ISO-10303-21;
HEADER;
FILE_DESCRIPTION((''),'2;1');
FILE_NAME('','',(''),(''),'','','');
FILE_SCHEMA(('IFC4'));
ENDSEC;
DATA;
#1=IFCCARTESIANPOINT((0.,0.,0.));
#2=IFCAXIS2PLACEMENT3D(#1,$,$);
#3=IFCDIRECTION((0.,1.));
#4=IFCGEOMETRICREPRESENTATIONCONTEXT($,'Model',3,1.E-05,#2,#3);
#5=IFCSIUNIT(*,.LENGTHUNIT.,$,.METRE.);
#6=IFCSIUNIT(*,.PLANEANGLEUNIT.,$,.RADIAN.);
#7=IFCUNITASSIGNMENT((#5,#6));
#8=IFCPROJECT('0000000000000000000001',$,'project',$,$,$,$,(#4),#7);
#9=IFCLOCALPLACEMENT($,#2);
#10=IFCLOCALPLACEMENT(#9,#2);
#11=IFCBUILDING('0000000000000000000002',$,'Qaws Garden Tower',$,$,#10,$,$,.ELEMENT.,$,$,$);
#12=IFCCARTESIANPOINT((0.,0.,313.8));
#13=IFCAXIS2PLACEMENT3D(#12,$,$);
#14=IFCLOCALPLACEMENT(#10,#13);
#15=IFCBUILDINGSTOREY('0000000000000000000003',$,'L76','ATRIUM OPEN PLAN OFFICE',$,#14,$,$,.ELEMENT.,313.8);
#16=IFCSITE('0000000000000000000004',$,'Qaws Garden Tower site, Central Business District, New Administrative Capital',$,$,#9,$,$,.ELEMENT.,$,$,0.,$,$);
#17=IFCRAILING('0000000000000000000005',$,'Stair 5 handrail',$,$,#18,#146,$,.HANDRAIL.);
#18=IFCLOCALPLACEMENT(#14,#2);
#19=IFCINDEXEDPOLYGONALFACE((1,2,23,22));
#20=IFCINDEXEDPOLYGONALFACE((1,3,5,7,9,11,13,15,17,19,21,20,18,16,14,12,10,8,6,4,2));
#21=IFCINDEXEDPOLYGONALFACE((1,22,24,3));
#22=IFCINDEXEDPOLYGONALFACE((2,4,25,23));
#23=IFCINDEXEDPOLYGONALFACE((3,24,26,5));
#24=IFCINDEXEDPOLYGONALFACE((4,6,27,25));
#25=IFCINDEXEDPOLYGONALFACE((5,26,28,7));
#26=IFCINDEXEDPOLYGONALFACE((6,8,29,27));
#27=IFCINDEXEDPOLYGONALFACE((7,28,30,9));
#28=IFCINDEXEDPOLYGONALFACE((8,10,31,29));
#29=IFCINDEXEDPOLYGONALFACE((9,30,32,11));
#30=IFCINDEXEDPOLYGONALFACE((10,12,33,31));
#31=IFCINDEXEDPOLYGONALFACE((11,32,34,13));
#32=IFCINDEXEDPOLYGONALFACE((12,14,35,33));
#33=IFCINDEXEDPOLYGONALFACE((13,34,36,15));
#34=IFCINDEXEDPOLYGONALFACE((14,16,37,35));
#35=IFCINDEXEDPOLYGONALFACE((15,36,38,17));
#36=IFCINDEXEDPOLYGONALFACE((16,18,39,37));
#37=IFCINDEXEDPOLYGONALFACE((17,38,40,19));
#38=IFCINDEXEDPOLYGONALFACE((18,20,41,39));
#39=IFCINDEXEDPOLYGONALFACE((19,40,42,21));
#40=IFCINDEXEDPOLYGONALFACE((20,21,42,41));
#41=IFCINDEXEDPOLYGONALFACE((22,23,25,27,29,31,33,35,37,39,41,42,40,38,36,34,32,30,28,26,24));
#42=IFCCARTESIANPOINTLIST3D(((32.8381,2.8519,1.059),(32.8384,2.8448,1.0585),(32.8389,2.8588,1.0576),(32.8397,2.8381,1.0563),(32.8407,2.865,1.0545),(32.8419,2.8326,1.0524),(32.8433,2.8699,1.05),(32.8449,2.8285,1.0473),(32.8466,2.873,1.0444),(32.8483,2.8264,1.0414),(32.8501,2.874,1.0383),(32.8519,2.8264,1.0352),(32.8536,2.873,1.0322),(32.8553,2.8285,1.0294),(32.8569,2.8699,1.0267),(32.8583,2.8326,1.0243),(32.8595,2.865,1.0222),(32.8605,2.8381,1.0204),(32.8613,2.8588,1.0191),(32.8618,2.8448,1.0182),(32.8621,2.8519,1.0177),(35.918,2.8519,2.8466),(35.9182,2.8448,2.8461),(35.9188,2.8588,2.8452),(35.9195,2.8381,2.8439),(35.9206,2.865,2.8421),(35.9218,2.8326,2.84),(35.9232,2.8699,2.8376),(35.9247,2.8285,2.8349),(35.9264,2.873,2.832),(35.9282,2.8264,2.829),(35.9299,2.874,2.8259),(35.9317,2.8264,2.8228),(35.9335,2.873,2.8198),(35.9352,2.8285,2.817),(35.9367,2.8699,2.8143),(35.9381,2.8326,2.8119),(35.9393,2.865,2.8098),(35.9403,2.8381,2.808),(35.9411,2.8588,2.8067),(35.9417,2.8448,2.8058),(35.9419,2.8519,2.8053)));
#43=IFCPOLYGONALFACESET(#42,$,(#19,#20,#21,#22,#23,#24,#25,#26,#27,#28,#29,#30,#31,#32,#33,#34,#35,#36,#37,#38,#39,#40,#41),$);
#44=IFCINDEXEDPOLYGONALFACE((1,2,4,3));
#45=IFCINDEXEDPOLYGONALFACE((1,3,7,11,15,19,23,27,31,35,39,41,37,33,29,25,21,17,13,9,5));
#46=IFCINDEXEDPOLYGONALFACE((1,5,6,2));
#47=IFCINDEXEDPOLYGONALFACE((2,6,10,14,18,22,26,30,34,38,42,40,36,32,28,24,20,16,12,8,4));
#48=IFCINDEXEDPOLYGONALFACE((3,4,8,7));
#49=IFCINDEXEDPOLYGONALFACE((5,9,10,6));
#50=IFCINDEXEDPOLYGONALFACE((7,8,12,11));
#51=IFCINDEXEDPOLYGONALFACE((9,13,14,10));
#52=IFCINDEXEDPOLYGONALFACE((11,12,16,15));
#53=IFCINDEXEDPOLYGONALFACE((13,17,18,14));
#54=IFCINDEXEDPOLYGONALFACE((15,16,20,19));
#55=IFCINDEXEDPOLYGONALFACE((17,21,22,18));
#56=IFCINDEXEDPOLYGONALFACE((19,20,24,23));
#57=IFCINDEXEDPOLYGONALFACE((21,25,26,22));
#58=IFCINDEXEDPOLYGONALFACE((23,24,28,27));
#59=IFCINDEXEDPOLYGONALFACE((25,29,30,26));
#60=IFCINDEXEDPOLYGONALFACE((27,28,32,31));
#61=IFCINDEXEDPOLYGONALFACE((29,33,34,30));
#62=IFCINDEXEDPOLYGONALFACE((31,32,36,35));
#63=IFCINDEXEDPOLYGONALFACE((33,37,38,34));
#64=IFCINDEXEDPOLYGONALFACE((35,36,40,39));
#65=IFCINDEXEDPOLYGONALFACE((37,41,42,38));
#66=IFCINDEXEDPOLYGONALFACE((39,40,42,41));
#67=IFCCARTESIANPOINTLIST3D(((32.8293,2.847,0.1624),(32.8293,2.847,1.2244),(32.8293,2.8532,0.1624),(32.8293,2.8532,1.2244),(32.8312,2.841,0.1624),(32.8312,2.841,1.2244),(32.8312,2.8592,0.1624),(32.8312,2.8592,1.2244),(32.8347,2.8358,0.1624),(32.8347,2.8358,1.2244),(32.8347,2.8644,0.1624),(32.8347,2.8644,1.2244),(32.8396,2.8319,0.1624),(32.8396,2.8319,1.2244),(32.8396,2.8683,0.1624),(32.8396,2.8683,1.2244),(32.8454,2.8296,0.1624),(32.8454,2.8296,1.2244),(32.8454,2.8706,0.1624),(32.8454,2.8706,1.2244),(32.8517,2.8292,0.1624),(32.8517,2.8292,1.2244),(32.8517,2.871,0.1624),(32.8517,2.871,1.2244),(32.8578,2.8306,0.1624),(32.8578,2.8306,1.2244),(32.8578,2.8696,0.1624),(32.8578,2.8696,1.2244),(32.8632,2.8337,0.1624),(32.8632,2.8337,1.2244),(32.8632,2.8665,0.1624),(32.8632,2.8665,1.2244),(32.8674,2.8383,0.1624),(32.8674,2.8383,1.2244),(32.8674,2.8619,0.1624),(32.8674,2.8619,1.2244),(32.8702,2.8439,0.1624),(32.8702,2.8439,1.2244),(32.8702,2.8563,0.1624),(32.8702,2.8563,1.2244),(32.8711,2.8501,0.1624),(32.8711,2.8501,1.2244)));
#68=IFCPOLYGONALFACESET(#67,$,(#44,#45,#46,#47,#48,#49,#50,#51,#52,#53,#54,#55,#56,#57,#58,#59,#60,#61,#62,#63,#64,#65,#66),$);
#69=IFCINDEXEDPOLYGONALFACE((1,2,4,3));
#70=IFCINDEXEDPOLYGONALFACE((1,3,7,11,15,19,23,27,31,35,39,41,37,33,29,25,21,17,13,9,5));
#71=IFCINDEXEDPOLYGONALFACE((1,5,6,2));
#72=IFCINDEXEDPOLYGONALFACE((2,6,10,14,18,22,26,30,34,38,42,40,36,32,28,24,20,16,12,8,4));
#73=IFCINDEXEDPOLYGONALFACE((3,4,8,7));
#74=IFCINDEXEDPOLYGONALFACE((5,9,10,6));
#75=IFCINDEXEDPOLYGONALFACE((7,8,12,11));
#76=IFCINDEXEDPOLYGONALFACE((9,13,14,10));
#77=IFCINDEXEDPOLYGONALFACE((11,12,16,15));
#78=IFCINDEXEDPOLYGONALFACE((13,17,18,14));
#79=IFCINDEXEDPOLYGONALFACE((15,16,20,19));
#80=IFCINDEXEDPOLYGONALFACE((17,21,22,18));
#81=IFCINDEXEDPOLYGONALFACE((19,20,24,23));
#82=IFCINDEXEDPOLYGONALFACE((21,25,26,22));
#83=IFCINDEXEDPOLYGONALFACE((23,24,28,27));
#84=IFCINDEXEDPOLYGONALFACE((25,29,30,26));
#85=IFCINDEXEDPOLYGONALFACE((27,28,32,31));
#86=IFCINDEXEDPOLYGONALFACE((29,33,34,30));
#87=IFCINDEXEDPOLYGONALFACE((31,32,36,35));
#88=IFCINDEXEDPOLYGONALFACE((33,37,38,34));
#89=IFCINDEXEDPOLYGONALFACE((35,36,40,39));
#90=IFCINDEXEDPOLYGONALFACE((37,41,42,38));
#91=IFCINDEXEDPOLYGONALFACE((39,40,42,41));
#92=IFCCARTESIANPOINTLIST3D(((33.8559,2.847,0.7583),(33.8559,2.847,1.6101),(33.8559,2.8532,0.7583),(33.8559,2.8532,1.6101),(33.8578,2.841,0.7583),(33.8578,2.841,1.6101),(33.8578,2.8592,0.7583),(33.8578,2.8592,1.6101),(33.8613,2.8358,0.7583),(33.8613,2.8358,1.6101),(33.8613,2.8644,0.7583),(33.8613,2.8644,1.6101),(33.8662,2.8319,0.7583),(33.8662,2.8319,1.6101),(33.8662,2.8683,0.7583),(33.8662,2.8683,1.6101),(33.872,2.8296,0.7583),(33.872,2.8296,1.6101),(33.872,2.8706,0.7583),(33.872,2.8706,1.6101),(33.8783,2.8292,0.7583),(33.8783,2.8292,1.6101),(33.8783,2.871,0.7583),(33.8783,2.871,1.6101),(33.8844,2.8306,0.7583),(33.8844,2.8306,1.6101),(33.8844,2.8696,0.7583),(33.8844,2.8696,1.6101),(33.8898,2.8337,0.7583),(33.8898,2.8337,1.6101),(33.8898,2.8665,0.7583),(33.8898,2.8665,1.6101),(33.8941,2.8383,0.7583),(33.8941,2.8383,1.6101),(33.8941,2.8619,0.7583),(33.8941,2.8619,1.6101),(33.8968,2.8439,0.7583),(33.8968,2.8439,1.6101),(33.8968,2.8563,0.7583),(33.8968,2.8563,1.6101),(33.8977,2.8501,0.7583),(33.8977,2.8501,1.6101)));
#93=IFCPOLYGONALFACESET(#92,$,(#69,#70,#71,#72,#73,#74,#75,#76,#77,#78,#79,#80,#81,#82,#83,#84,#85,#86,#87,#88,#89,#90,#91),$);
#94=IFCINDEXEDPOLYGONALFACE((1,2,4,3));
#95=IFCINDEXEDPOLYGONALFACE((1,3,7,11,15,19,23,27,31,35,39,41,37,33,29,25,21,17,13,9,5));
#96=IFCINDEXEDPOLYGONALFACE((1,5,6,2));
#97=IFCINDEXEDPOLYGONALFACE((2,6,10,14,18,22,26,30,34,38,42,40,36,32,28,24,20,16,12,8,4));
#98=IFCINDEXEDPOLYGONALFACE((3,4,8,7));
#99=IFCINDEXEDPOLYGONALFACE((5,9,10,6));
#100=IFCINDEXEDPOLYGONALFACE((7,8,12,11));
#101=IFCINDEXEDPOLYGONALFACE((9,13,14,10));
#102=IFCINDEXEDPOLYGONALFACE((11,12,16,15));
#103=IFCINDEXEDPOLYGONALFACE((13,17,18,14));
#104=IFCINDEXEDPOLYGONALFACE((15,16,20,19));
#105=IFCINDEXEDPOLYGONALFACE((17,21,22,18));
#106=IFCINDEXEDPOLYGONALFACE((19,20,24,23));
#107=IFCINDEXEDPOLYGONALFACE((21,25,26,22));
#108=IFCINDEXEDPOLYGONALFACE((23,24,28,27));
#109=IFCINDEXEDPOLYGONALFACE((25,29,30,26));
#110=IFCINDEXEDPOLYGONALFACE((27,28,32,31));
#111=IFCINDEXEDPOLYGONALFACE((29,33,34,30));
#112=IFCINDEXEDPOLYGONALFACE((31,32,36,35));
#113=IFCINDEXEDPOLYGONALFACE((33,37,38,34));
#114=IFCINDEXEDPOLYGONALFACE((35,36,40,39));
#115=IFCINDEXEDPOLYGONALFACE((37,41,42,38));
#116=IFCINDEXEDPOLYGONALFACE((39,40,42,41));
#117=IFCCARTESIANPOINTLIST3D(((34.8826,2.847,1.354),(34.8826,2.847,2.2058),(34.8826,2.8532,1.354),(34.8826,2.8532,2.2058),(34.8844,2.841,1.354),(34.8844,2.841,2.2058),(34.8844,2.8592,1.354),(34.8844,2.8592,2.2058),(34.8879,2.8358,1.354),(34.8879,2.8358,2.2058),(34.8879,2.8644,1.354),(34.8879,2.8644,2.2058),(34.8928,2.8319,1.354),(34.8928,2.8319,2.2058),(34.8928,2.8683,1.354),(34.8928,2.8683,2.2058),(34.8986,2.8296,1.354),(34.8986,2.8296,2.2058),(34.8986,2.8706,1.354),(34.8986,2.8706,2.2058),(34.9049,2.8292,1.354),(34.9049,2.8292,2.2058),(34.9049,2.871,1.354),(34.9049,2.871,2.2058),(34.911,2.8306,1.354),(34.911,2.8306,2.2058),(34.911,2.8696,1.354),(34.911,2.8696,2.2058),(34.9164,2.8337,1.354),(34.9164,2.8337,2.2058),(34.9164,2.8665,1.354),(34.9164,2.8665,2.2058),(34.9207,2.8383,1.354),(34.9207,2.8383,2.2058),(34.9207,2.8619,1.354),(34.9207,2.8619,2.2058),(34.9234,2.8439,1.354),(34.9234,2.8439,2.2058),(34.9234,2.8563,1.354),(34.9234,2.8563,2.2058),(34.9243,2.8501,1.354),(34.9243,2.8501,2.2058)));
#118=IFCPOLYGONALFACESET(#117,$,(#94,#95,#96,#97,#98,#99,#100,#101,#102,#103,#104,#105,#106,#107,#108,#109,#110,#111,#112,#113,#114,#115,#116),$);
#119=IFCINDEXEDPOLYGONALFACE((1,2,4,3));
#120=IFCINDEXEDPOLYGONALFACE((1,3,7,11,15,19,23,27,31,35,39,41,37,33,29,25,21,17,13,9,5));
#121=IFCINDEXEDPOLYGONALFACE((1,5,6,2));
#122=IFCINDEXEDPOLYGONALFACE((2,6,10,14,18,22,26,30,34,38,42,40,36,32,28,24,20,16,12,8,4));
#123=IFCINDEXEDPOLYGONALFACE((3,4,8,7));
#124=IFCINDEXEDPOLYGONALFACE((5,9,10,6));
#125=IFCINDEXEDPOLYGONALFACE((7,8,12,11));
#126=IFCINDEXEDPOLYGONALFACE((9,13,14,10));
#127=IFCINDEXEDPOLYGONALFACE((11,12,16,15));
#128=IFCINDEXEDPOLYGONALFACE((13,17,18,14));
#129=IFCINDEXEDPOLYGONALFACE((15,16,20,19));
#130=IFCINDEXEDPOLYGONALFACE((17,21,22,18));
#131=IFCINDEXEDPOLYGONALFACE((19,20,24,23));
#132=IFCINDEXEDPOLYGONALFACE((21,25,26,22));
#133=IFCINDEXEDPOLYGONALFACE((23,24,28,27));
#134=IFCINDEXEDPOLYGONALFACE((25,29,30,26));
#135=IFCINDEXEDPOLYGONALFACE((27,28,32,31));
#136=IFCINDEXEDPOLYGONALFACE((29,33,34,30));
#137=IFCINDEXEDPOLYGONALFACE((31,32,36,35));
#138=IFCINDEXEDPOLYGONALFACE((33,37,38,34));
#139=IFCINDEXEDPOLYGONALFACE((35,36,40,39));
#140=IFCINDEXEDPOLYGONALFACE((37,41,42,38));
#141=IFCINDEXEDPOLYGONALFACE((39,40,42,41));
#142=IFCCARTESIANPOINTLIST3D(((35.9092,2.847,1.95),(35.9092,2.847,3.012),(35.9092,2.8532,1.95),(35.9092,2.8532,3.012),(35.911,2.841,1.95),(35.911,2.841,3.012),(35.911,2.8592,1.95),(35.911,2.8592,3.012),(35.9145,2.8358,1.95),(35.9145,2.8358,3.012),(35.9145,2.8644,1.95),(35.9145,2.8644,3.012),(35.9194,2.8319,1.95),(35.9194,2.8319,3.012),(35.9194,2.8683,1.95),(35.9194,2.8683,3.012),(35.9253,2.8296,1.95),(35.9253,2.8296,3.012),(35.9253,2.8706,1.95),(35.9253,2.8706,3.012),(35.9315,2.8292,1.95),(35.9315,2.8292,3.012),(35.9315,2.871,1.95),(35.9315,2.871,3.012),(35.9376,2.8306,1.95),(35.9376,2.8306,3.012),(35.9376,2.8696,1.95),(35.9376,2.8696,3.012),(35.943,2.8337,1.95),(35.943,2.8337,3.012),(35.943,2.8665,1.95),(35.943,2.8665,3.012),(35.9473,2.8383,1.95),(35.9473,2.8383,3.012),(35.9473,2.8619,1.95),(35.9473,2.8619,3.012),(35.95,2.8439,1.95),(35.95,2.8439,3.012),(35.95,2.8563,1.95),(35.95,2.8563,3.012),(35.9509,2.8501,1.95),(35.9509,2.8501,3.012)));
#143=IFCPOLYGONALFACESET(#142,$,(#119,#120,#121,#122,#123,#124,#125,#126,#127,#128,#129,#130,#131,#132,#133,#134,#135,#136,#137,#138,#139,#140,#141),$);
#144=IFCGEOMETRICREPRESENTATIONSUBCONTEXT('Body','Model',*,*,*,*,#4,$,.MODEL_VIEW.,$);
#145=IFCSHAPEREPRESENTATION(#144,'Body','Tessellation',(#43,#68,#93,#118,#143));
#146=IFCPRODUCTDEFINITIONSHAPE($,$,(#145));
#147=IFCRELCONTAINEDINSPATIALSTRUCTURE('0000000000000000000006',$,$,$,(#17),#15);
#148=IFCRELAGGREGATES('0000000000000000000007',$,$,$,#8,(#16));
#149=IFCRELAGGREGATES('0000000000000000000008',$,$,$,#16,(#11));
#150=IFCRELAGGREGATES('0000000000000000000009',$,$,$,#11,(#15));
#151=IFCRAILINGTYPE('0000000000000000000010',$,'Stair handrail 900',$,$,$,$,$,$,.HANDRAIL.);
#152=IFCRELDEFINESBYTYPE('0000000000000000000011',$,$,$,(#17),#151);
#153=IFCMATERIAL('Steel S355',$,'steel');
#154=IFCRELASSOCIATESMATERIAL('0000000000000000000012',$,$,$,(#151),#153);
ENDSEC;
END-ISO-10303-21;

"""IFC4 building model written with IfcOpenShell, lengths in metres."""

from ifc_helpers import new_model, si_unit, direction, frame, origin, origin_2d, place, context, subcontext, project, spatial, circle, extrude, material, type_object, element, save


model = new_model("IFC4")

# Units and contexts
model_context = context("Model", 3, precision=1e-05, world=origin(), true_north=direction((0.0, 1.0)))
body_context = subcontext(model_context, "Body", "Model", "MODEL_VIEW")
ifc_project = project(units=[si_unit("LENGTHUNIT", "METRE"), si_unit("PLANEANGLEUNIT", "RADIAN")], contexts=[model_context])

# Site, building, storey
site_placement = place(None, origin())
site = spatial("IfcSite", under=ifc_project, at=site_placement, Name="Qaws Garden Tower site, Central Business District, New Administrative Capital", CompositionType="ELEMENT", RefElevation=0.0)
building_placement = place(site_placement, origin())
building = spatial("IfcBuilding", under=site, at=building_placement, Name="Qaws Garden Tower", CompositionType="ELEMENT")
storey_placement = place(building_placement, frame((0.0, 0.0, 313.8)))
storey = spatial("IfcBuildingStorey", under=building, at=storey_placement, Name="L76", Description="ATRIUM OPEN PLAN OFFICE", CompositionType="ELEMENT", Elevation=313.8)

# Railing
ifc_material_1 = material(Name="Steel S355", Category="steel")
railing_type = type_object("IfcRailingType", Name="Stair handrail 900", PredefinedType="HANDRAIL", material=ifc_material_1)
railing_1_placement = place(storey_placement, frame((32.8501, 2.8501, 0.1624)))
element("IfcRailing", 1, at=railing_1_placement, inside=storey, type_object=railing_type, Name="Stair 5 handrail", PredefinedType="HANDRAIL", context=body_context, shape_type="SweptSolid", body=[
    extrude(circle(Radius=0.0239, at=origin_2d()), frame((0.0, 0.0, 0.876), z_axis=(0.864873, 0.0, 0.50199), x_axis=(0.0, 1.0, 0.0)), (0.0, 0.0, 1.0), 3.561),
    extrude(circle(Radius=0.021, at=origin_2d()), origin(), (0.0, 0.0, 1.0), 1.062),
    extrude(circle(Radius=0.021, at=origin_2d()), frame((1.0266, 0.0, 0.5959)), (0.0, 0.0, 1.0), 0.8518),
    extrude(circle(Radius=0.021, at=origin_2d()), frame((2.0532, 0.0, 1.1917)), (0.0, 0.0, 1.0), 0.8518),
    extrude(circle(Radius=0.021, at=origin_2d()), frame((3.0798, 0.0, 1.7876)), (0.0, 0.0, 1.0), 1.062),
])

save(model, "model.ifc")
